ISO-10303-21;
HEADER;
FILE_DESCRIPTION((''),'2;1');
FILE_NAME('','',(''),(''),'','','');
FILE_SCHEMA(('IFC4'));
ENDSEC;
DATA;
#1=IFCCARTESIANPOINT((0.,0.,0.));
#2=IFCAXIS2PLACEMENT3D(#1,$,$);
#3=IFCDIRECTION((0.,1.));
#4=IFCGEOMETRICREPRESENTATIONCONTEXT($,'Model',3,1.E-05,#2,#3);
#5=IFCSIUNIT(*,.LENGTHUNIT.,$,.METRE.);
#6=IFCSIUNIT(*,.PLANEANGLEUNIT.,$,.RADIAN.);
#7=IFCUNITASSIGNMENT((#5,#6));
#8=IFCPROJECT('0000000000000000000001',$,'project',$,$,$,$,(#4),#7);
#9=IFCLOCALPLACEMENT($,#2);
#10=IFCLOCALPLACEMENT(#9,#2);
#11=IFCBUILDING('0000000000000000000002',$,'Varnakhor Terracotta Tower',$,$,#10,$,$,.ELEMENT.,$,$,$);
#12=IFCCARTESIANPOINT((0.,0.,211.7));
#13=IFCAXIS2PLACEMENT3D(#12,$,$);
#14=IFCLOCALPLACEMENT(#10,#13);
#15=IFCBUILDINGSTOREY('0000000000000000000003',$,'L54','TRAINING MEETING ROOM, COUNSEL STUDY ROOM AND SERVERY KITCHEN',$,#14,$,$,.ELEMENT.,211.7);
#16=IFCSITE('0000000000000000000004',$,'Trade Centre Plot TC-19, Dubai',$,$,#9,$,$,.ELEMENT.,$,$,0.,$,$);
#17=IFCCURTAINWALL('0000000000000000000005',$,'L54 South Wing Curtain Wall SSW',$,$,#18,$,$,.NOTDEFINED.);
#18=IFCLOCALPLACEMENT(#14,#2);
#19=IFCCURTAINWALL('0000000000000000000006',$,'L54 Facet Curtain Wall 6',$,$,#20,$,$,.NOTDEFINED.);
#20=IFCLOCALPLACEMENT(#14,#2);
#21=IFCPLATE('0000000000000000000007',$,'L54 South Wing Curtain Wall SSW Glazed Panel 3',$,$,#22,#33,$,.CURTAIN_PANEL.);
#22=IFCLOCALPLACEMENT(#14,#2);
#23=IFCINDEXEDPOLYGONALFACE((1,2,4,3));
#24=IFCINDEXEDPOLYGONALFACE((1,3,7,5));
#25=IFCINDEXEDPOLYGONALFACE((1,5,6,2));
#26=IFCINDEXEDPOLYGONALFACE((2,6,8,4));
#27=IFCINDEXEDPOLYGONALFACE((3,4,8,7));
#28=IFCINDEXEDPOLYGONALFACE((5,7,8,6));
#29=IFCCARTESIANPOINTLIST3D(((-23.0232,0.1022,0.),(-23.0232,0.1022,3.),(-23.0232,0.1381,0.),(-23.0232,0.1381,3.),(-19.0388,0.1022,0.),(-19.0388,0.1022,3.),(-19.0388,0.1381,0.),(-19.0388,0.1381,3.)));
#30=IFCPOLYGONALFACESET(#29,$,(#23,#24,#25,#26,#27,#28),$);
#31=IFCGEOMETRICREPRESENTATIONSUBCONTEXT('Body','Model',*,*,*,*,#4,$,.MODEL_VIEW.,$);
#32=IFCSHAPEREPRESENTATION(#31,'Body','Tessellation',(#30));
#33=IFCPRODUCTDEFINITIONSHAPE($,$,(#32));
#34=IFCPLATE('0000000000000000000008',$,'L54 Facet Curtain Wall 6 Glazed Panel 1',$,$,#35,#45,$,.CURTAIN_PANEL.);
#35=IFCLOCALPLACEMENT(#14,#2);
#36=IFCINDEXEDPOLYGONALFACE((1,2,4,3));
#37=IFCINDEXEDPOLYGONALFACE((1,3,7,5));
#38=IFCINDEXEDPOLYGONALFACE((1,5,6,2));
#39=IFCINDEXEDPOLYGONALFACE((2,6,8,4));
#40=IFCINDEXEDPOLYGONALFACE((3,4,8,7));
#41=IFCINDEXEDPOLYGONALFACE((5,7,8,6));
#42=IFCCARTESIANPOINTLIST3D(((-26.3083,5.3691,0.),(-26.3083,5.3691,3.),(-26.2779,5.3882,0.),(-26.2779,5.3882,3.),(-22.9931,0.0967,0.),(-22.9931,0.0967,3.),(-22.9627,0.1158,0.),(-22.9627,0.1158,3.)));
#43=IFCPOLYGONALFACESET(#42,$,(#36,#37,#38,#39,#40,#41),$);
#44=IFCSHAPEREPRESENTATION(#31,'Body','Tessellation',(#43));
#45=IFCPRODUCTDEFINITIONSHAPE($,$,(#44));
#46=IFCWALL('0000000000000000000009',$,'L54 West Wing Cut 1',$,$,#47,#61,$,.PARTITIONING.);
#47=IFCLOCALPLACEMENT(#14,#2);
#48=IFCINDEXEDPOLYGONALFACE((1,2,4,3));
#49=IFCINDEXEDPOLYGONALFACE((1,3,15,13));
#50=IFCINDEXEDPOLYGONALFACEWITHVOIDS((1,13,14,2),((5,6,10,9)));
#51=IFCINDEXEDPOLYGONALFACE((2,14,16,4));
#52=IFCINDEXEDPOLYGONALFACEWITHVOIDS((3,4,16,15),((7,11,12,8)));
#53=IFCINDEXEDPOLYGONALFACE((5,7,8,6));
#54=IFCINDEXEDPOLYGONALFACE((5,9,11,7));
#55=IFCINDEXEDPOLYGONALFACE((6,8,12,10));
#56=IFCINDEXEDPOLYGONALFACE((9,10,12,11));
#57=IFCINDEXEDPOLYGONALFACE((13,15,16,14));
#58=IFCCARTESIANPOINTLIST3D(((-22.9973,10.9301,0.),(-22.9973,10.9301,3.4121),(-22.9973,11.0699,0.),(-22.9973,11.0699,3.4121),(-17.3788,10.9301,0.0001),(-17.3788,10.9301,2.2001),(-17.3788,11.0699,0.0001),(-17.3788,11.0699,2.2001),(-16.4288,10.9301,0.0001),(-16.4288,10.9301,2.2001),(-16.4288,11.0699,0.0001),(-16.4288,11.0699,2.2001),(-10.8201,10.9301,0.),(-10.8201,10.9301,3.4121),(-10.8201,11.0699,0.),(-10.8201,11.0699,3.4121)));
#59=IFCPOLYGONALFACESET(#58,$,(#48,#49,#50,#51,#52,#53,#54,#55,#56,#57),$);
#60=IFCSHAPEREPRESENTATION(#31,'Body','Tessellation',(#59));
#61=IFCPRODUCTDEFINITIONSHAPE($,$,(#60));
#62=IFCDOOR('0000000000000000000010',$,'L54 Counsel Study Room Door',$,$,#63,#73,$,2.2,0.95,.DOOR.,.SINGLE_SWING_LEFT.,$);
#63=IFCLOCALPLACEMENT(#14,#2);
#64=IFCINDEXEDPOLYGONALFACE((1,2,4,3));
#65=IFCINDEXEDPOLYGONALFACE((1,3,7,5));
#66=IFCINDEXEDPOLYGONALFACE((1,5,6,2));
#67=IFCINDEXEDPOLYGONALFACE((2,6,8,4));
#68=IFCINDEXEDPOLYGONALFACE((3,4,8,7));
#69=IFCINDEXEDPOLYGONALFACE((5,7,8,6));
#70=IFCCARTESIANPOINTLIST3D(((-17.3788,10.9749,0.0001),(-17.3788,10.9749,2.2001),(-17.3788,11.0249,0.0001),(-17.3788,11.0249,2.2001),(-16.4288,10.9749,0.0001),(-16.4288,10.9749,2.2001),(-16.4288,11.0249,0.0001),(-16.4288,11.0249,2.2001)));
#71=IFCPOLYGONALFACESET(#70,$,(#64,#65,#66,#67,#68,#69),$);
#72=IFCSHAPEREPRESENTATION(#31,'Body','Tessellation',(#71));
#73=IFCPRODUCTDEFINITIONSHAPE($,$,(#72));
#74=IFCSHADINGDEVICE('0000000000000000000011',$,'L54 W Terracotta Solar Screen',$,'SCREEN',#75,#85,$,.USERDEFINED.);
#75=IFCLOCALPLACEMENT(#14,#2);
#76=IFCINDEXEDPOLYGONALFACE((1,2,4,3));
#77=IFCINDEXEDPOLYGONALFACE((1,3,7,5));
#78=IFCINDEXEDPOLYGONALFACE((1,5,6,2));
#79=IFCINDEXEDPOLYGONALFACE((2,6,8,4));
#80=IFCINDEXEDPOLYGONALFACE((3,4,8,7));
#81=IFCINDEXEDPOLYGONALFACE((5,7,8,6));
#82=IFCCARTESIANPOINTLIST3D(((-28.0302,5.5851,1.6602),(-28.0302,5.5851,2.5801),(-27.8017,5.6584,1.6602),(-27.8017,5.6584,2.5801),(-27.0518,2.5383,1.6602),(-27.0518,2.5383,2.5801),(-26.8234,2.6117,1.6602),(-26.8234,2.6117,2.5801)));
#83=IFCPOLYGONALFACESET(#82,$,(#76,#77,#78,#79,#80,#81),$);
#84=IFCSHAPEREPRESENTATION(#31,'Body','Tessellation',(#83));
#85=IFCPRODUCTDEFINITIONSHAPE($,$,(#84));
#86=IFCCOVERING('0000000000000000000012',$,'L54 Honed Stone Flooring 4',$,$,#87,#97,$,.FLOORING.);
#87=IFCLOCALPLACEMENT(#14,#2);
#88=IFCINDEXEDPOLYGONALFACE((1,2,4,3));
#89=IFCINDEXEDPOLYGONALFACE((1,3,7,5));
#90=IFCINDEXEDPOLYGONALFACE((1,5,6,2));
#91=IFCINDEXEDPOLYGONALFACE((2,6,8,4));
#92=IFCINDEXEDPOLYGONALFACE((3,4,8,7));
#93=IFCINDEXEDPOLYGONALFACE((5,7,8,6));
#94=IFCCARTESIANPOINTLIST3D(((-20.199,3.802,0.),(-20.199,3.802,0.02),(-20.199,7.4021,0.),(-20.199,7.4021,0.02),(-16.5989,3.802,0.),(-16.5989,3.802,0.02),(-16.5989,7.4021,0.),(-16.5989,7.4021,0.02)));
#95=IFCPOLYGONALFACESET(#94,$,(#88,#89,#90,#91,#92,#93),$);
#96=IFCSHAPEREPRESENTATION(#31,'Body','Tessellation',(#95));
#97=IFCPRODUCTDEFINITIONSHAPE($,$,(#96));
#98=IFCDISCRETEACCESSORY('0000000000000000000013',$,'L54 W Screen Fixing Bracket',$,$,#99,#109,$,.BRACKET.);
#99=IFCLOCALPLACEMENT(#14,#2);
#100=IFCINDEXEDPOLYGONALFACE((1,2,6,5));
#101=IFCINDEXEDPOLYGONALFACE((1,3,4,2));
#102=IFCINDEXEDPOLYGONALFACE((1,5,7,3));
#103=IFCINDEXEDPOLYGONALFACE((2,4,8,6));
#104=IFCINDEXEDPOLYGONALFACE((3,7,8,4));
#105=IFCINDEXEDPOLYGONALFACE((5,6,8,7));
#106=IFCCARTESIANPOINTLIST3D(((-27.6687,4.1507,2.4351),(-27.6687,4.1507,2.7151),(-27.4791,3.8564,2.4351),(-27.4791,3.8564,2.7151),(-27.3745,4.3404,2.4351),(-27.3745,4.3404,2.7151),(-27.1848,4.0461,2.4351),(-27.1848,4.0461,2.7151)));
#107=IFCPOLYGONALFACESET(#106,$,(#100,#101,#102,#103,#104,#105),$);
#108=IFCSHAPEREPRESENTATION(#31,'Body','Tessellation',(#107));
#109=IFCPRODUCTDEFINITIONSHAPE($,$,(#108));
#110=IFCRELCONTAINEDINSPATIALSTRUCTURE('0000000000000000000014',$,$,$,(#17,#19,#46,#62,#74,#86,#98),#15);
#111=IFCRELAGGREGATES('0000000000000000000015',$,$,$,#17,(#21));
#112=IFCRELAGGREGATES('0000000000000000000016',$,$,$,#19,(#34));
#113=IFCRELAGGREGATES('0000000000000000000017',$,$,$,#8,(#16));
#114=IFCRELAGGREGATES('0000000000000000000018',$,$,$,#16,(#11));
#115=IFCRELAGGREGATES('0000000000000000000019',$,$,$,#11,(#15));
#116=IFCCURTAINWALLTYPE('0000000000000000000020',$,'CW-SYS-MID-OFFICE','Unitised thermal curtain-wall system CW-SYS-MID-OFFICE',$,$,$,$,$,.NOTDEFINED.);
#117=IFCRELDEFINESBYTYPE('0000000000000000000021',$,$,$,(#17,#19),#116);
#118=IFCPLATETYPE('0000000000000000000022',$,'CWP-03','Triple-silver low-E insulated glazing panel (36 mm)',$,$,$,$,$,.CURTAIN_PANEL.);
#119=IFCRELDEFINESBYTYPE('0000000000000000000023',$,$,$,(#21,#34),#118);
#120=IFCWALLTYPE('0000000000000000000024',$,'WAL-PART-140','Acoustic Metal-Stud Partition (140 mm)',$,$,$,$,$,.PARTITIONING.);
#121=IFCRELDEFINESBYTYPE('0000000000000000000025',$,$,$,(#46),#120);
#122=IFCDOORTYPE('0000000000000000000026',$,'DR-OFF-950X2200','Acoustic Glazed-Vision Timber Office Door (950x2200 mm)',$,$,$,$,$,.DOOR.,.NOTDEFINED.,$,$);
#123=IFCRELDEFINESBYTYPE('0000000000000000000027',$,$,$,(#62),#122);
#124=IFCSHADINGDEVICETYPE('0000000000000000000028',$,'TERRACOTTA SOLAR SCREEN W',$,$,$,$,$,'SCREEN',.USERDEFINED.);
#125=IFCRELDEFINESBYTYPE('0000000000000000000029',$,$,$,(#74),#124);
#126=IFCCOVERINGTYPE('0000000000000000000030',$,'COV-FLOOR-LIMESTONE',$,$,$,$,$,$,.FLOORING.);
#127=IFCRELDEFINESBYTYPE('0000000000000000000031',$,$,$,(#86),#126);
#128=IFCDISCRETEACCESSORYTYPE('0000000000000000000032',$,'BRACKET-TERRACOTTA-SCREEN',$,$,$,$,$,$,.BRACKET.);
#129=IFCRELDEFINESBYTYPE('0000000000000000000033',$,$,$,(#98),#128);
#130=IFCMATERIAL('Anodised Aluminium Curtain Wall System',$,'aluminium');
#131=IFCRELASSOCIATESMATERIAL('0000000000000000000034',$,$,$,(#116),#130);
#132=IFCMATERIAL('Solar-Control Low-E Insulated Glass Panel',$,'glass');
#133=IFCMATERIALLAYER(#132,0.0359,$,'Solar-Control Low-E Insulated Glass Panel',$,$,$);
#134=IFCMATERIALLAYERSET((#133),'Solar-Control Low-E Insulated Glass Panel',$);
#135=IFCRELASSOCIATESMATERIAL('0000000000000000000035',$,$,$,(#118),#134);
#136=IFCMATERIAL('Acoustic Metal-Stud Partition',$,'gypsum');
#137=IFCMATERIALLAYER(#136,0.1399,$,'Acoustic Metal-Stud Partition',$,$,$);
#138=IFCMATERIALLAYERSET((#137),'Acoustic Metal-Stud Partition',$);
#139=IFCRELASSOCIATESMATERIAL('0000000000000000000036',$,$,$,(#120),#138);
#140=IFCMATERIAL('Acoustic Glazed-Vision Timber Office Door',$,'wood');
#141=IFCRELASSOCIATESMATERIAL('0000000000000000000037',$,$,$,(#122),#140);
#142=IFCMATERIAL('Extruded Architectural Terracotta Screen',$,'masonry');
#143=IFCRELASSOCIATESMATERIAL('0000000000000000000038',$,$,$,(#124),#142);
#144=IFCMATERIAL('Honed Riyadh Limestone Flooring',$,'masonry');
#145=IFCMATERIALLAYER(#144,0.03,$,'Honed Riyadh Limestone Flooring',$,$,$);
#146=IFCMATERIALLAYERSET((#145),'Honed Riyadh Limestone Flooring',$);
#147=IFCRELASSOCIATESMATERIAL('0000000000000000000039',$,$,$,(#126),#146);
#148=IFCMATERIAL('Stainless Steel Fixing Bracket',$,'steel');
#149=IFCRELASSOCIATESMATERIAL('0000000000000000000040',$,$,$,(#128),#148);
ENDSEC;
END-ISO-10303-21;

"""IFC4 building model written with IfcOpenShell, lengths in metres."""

from ifc_helpers import new_model, si_unit, direction, frame, frame_2d, origin, origin_2d, place, context, subcontext, project, spatial, rectangle, extrude, source, transform, mapped, material, layer, layer_set, type_object, type_shapes, element, fill, aggregate, save


model = new_model("IFC4")

# Units and contexts
model_context = context("Model", 3, precision=1e-05, world=origin(), true_north=direction((0.0, 1.0)))
body_context = subcontext(model_context, "Body", "Model", "MODEL_VIEW")
ifc_project = project(units=[si_unit("LENGTHUNIT", "METRE"), si_unit("PLANEANGLEUNIT", "RADIAN")], contexts=[model_context])

# Site, building, storey
site_placement = place(None, origin())
site = spatial("IfcSite", under=ifc_project, at=site_placement, Name="Trade Centre Plot TC-19, Dubai", CompositionType="ELEMENT", RefElevation=0.0)
building_placement = place(site_placement, origin())
building = spatial("IfcBuilding", under=site, at=building_placement, Name="Varnakhor Terracotta Tower", CompositionType="ELEMENT")
storey_placement = place(building_placement, frame((0.0, 0.0, 211.7)))
storey = spatial("IfcBuildingStorey", under=building, at=storey_placement, Name="L54", Description="TRAINING MEETING ROOM, COUNSEL STUDY ROOM AND SERVERY KITCHEN", CompositionType="ELEMENT", Elevation=211.7)

# Curtain wall
ifc_material_1 = material(Name="Anodised Aluminium Curtain Wall System", Category="aluminium")
curtain_wall_type = type_object("IfcCurtainWallType", Name="CW-SYS-MID-OFFICE", Description="Unitised thermal curtain-wall system CW-SYS-MID-OFFICE", PredefinedType="NOTDEFINED", material=ifc_material_1)
curtain_wall_1_placement = place(storey_placement, origin())
curtain_wall_1 = element("IfcCurtainWall", 1, at=curtain_wall_1_placement, inside=storey, type_object=curtain_wall_type, Name="L54 South Wing Curtain Wall SSW", PredefinedType="NOTDEFINED")

# Curtain wall
curtain_wall_2_placement = place(storey_placement, origin())
curtain_wall_2 = element("IfcCurtainWall", 2, at=curtain_wall_2_placement, inside=storey, type_object=curtain_wall_type, Name="L54 Facet Curtain Wall 6", PredefinedType="NOTDEFINED")

# Plates
ifc_material_2 = material(Name="Solar-Control Low-E Insulated Glass Panel", Category="glass")
ifc_layer_1 = layer(ifc_material_2, 0.0359, Name="Solar-Control Low-E Insulated Glass Panel")
ifc_layer_set_1 = layer_set([ifc_layer_1], Name="Solar-Control Low-E Insulated Glass Panel")
plate_type = type_object("IfcPlateType", Name="CWP-03", Description="Triple-silver low-E insulated glazing panel (36 mm)", PredefinedType="CURTAIN_PANEL", material=ifc_layer_set_1)
shared_shape_1 = source(origin(), body_context, "Body", "SweptSolid", [
    extrude(rectangle(XDim=3.9844, YDim=0.0359, at=origin_2d()), origin(), (0.0, 0.0, 1.0), 3.0),
])
plate_1_placement = place(storey_placement, frame((-21.031, 0.1201, 0.0), z_axis=(0.0, 0.0, 1.0), x_axis=(-1.0, 0.0, 0.0)))
plate_1 = element("IfcPlate", 3, at=plate_1_placement, type_object=plate_type, Name="L54 South Wing Curtain Wall SSW Glazed Panel 3", PredefinedType="CURTAIN_PANEL", context=body_context, shape_type="MappedRepresentation", body=[
    mapped(shared_shape_1, transform((0.0, 0.0, 0.0), scale=1.0)),
])
aggregate(curtain_wall_1, [plate_1])
shared_shape_2 = source(origin(), body_context, "Body", "SweptSolid", [
    extrude(rectangle(XDim=6.228, YDim=0.0359, at=origin_2d()), origin(), (0.0, 0.0, 1.0), 3.0),
])
plate_2_placement = place(storey_placement, frame((-24.6355, 2.7424, 0.0), z_axis=(0.0, 0.0, 1.0), x_axis=(-0.5323, 0.846556, 0.0)))
plate_2 = element("IfcPlate", 4, at=plate_2_placement, type_object=plate_type, Name="L54 Facet Curtain Wall 6 Glazed Panel 1", PredefinedType="CURTAIN_PANEL", context=body_context, shape_type="MappedRepresentation", body=[
    mapped(shared_shape_2, transform((0.0, 0.0, 0.0), scale=1.0)),
])
aggregate(curtain_wall_2, [plate_2])

# Wall, opening, door
ifc_material_3 = material(Name="Acoustic Metal-Stud Partition", Category="gypsum")
ifc_layer_2 = layer(ifc_material_3, 0.1399, Name="Acoustic Metal-Stud Partition")
ifc_layer_set_2 = layer_set([ifc_layer_2], Name="Acoustic Metal-Stud Partition")
wall_type = type_object("IfcWallType", Name="WAL-PART-140", Description="Acoustic Metal-Stud Partition (140 mm)", PredefinedType="PARTITIONING", material=ifc_layer_set_2)
wall_placement = place(storey_placement, frame((-22.9973, 11.0, 0.0), z_axis=(0.0, 0.0, 1.0), x_axis=(1.0, 0.0, 0.0)))
wall = element("IfcWall", 5, at=wall_placement, inside=storey, type_object=wall_type, Name="L54 West Wing Cut 1", PredefinedType="PARTITIONING", context=body_context, shape_type="SweptSolid", body=[
    extrude(rectangle(XDim=12.1772, YDim=0.1399, at=frame_2d((6.0886, 0.0))), origin(), (0.0, 0.0, 1.0), 3.4121),
])
opening_placement = place(wall_placement, frame((5.6184, 0.0, 0.0)))
opening = element("IfcOpeningElement", 6, at=opening_placement, cuts=wall, PredefinedType="OPENING", context=body_context, shape_type="SweptSolid", body=[
    extrude(rectangle(XDim=0.95, YDim=2.2, at=frame_2d((0.4751, 1.1001))), frame((0.0, 0.0801, 0.0), z_axis=(0.0, -1.0, 0.0), x_axis=(1.0, 0.0, 0.0)), (0.0, 0.0, 1.0), 0.1599),
])
ifc_material_4 = material(Name="Acoustic Glazed-Vision Timber Office Door", Category="wood")
door_type = type_object("IfcDoorType", Name="DR-OFF-950X2200", Description="Acoustic Glazed-Vision Timber Office Door (950x2200 mm)", OperationType="NOTDEFINED", PredefinedType="DOOR", material=ifc_material_4)
shared_shape_3 = source(origin(), body_context, "Body", "SweptSolid", [
    extrude(rectangle(XDim=0.95, YDim=2.2, at=frame_2d((0.4751, 1.1001))), frame((0.0, 0.0249, 0.0), z_axis=(0.0, -1.0, 0.0), x_axis=(1.0, 0.0, 0.0)), (0.0, 0.0, 1.0), 0.05),
])
type_shapes(door_type, [shared_shape_3])
door_placement = place(opening_placement, origin())
door = element("IfcDoor", 7, at=door_placement, inside=storey, type_object=door_type, Name="L54 Counsel Study Room Door", OperationType="SINGLE_SWING_LEFT", OverallHeight=2.2, OverallWidth=0.95, PredefinedType="DOOR", context=body_context, shape_type="MappedRepresentation", body=[
    mapped(shared_shape_3, transform((0.0, 0.0, 0.0), scale=1.0)),
])
fill(opening, door)

# Shading device
ifc_material_5 = material(Name="Extruded Architectural Terracotta Screen", Category="masonry")
shading_device_type = type_object("IfcShadingDeviceType", Name="TERRACOTTA SOLAR SCREEN W", ElementType="SCREEN", PredefinedType="USERDEFINED", material=ifc_material_5)
shared_shape_4 = source(origin(), body_context, "Body", "SweptSolid", [
    extrude(rectangle(XDim=3.2, YDim=0.24, at=origin_2d()), origin(), (0.0, 0.0, 1.0), 0.9199),
])
type_shapes(shading_device_type, [shared_shape_4])
shading_device_placement = place(storey_placement, frame((-27.4268, 4.0984, 1.6602), z_axis=(0.0, 0.0, 1.0), x_axis=(0.305729, -0.952119, 0.0)))
element("IfcShadingDevice", 8, at=shading_device_placement, inside=storey, type_object=shading_device_type, Name="L54 W Terracotta Solar Screen", ObjectType="SCREEN", PredefinedType="USERDEFINED", context=body_context, shape_type="MappedRepresentation", body=[
    mapped(shared_shape_4, transform((0.0, 0.0, 0.0), scale=1.0)),
])

# Covering
ifc_material_6 = material(Name="Honed Riyadh Limestone Flooring", Category="masonry")
ifc_layer_3 = layer(ifc_material_6, 0.03, Name="Honed Riyadh Limestone Flooring")
ifc_layer_set_3 = layer_set([ifc_layer_3], Name="Honed Riyadh Limestone Flooring")
covering_type = type_object("IfcCoveringType", Name="COV-FLOOR-LIMESTONE", PredefinedType="FLOORING", material=ifc_layer_set_3)
shared_shape_5 = source(origin(), body_context, "Body", "SweptSolid", [
    extrude(rectangle(XDim=3.6001, YDim=3.6001, at=origin_2d()), origin(), (0.0, 0.0, 1.0), 0.02),
])
covering_placement = place(storey_placement, frame((-18.3989, 5.6021, 0.0), z_axis=(0.0, 0.0, 1.0), x_axis=(1.0, 0.0, 0.0)))
element("IfcCovering", 9, at=covering_placement, inside=storey, type_object=covering_type, Name="L54 Honed Stone Flooring 4", PredefinedType="FLOORING", context=body_context, shape_type="MappedRepresentation", body=[
    mapped(shared_shape_5, transform((0.0, 0.0, 0.0), scale=1.0)),
])

# Discrete accessory
ifc_material_7 = material(Name="Stainless Steel Fixing Bracket", Category="steel")
discrete_accessory_type = type_object("IfcDiscreteAccessoryType", Name="BRACKET-TERRACOTTA-SCREEN", PredefinedType="BRACKET", material=ifc_material_7)
shared_shape_6 = source(origin(), body_context, "Body", "SweptSolid", [
    extrude(rectangle(XDim=0.3501, YDim=0.3501, at=origin_2d()), origin(), (0.0, 0.0, 1.0), 0.28),
])
type_shapes(discrete_accessory_type, [shared_shape_6])
discrete_accessory_placement = place(storey_placement, frame((-27.4268, 4.0984, 2.4351), z_axis=(0.0, 0.0, 1.0), x_axis=(0.541738, -0.840548, 0.0)))
element("IfcDiscreteAccessory", 10, at=discrete_accessory_placement, inside=storey, type_object=discrete_accessory_type, Name="L54 W Screen Fixing Bracket", PredefinedType="BRACKET", context=body_context, shape_type="MappedRepresentation", body=[
    mapped(shared_shape_6, transform((0.0, 0.0, 0.0), scale=1.0)),
])

save(model, "model.ifc")
